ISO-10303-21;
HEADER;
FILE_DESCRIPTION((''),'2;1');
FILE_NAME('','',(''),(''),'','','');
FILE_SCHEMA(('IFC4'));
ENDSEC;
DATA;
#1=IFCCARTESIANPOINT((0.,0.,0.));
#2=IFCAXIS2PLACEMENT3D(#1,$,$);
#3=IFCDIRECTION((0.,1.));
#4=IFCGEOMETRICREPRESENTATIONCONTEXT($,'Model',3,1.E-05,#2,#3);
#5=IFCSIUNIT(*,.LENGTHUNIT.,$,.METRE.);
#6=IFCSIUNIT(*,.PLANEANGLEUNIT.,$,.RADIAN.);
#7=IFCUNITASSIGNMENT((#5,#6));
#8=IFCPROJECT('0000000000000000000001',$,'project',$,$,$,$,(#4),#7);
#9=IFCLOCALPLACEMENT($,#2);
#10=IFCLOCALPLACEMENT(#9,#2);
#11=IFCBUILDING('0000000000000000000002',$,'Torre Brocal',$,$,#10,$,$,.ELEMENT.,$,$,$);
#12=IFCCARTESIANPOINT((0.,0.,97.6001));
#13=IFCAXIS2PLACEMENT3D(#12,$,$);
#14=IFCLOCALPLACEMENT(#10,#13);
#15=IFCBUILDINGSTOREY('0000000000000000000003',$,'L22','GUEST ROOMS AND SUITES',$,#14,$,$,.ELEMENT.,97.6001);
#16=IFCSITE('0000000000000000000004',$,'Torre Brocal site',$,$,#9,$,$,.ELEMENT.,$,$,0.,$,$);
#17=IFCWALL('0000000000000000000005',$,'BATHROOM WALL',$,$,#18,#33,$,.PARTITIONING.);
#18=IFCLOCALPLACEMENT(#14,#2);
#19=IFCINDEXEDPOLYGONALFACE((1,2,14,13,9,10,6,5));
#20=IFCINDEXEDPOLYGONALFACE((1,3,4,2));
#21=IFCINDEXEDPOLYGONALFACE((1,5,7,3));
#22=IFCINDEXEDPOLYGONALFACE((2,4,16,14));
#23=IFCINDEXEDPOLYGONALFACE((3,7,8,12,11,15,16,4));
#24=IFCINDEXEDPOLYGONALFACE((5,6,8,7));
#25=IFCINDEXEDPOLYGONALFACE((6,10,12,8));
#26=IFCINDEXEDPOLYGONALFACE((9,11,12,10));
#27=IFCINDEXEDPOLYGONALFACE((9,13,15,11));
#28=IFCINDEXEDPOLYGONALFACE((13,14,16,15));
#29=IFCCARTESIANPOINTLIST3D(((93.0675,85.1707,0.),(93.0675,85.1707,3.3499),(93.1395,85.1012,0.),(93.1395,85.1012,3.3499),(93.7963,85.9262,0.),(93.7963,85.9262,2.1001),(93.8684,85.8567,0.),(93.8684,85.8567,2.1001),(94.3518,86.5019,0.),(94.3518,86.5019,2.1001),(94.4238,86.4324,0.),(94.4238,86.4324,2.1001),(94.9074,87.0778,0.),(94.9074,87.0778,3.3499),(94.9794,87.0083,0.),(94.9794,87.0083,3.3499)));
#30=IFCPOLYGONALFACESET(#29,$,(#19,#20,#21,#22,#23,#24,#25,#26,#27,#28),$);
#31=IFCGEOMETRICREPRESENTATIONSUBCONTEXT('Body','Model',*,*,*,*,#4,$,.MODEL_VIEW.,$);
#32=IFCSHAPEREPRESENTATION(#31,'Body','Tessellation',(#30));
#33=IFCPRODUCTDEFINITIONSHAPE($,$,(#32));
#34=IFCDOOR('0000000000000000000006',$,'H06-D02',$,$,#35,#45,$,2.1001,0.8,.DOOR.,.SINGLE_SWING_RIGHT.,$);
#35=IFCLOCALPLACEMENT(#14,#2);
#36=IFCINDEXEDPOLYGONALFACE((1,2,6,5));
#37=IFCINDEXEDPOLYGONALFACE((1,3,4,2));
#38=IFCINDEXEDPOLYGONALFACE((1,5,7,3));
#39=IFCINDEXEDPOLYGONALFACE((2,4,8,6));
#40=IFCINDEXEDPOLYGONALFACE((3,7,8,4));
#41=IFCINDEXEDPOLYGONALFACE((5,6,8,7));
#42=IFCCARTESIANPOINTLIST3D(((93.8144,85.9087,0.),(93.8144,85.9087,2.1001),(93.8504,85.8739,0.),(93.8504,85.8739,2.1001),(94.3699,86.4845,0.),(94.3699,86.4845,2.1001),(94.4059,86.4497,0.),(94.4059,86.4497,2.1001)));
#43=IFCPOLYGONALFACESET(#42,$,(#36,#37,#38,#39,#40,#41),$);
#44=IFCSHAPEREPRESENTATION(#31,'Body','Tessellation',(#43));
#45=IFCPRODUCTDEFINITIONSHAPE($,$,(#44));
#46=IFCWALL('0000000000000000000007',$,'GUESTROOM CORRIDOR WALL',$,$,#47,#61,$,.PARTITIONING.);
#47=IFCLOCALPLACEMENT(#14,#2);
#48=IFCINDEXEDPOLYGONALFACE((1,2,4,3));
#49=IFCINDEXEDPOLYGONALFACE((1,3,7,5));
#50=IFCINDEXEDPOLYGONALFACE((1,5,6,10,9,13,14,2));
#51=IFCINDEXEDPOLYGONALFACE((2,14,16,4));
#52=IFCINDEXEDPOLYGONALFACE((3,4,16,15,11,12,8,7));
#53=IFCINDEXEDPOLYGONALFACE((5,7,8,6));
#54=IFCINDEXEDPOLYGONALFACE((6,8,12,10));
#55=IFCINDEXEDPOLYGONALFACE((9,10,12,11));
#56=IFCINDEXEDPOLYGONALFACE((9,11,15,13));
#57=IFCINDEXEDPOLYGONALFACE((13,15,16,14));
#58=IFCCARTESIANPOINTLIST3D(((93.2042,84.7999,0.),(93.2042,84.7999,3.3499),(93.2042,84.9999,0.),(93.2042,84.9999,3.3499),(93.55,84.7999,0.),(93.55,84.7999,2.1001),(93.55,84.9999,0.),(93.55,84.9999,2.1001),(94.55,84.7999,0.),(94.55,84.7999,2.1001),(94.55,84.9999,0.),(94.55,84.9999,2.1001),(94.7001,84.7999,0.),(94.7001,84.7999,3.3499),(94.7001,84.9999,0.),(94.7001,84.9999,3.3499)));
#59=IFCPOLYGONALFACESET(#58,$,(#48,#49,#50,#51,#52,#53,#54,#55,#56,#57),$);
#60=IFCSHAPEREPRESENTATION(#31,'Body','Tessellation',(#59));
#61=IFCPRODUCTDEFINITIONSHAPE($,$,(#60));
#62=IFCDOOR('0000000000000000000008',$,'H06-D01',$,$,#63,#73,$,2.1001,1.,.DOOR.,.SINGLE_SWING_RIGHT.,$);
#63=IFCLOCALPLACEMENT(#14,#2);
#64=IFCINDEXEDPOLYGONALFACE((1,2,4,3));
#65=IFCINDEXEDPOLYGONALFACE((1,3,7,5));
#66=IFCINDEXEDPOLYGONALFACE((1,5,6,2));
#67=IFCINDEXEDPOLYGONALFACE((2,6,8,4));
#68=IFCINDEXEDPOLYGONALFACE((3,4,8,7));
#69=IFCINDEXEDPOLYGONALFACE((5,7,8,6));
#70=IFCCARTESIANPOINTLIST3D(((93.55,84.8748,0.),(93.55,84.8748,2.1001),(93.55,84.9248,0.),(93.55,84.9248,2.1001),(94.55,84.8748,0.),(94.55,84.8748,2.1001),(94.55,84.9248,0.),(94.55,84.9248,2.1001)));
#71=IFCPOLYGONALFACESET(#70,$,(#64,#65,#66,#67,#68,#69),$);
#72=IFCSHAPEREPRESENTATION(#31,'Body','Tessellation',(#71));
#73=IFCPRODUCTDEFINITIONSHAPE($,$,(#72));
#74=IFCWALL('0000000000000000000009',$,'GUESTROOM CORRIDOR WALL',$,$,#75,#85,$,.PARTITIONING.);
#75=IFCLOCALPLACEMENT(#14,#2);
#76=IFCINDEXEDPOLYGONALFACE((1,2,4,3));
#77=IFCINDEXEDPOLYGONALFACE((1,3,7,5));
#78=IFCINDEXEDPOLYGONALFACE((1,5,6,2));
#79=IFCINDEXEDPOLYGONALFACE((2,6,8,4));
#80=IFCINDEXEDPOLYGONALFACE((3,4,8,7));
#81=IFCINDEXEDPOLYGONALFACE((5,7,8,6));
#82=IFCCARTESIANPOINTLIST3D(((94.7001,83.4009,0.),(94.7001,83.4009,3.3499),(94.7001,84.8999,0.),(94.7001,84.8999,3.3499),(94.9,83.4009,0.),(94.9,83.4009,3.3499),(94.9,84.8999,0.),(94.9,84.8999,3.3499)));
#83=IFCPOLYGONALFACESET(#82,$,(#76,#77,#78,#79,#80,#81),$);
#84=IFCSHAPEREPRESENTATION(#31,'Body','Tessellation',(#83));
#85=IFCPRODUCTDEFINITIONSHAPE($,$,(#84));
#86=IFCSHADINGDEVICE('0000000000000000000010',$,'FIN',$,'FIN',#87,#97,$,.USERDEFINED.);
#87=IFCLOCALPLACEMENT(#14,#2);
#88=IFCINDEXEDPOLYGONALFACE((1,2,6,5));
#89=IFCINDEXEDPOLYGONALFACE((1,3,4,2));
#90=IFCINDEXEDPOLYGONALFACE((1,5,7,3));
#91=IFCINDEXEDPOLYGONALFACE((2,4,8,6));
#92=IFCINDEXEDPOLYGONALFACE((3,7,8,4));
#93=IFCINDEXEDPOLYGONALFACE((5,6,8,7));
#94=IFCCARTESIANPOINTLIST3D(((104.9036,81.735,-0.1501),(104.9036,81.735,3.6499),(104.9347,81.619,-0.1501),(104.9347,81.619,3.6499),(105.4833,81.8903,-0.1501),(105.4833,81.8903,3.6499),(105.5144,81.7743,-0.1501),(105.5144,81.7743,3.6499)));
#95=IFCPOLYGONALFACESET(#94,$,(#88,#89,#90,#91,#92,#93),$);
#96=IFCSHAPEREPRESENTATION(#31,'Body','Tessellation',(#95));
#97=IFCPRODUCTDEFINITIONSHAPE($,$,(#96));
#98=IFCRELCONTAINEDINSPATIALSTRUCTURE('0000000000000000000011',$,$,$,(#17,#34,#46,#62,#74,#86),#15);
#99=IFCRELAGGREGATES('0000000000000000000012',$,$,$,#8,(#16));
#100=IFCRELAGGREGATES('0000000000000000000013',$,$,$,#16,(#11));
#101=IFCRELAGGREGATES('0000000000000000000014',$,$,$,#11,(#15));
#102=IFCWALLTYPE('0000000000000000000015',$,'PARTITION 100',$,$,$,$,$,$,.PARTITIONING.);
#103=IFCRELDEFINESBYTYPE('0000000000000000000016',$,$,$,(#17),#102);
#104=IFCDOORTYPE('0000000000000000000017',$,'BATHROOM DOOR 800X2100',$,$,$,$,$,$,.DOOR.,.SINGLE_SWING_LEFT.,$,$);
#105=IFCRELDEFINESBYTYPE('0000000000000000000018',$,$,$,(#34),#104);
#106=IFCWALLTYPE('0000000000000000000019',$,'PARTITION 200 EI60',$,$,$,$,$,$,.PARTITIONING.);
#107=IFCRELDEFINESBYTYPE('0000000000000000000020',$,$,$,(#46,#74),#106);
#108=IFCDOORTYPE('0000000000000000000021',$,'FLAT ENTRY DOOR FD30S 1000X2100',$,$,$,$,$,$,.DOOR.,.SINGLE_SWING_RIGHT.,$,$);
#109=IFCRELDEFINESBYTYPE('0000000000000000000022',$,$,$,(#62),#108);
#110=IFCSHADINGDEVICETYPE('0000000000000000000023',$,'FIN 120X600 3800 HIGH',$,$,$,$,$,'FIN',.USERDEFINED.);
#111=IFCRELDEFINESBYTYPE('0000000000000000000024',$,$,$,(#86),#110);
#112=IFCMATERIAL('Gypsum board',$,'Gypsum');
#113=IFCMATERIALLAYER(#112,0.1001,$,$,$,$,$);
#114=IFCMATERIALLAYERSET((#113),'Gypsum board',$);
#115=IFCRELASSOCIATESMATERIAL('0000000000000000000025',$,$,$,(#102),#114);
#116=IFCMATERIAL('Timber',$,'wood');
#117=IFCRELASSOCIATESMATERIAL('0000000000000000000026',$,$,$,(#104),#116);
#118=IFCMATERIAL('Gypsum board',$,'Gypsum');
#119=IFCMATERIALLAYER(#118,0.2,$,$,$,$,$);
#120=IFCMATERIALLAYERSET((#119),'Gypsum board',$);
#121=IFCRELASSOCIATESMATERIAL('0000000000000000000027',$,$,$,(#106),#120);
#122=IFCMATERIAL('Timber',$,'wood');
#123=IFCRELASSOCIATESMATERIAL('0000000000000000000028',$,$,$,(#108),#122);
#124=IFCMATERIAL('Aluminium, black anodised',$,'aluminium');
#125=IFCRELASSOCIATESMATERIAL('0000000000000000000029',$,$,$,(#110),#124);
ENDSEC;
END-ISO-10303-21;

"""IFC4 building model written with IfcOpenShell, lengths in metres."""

from ifc_helpers import new_model, si_unit, direction, frame, frame_2d, origin, origin_2d, place, context, subcontext, project, spatial, rectangle, extrude, material, layer, layer_set, material_profile, profile_set, type_object, element, fill, save


model = new_model("IFC4")

# Units and contexts
model_context = context("Model", 3, precision=1e-05, world=origin(), true_north=direction((0.0, 1.0)))
body_context = subcontext(model_context, "Body", "Model", "MODEL_VIEW")
ifc_project = project(units=[si_unit("LENGTHUNIT", "METRE"), si_unit("PLANEANGLEUNIT", "RADIAN")], contexts=[model_context])

# Site, building, storey
site_placement = place(None, origin())
site = spatial("IfcSite", under=ifc_project, at=site_placement, Name="Torre Brocal site", CompositionType="ELEMENT", RefElevation=0.0)
building_placement = place(site_placement, origin())
building = spatial("IfcBuilding", under=site, at=building_placement, Name="Torre Brocal", CompositionType="ELEMENT")
storey_placement = place(building_placement, frame((0.0, 0.0, 97.6001)))
storey = spatial("IfcBuildingStorey", under=building, at=storey_placement, Name="L22", Description="GUEST ROOMS AND SUITES", CompositionType="ELEMENT", Elevation=97.6001)

# Walls, openings, doors
ifc_material_1 = material(Name="Gypsum board", Category="Gypsum")
ifc_layer_1 = layer(ifc_material_1, 0.1001)
ifc_layer_set_1 = layer_set([ifc_layer_1], Name="Gypsum board")
wall_type_1 = type_object("IfcWallType", Name="PARTITION 100", PredefinedType="PARTITIONING", material=ifc_layer_set_1)
wall_1_placement = place(storey_placement, frame((93.1035, 85.136, 0.0), z_axis=(0.0, 0.0, 1.0), x_axis=(0.694325, 0.719662, 0.0)))
wall_1 = element("IfcWall", 1, at=wall_1_placement, inside=storey, type_object=wall_type_1, Name="BATHROOM WALL", PredefinedType="PARTITIONING", context=body_context, shape_type="SweptSolid", body=[
    extrude(rectangle(XDim=2.6499, YDim=0.1001, at=frame_2d((1.325, 0.0))), origin(), (0.0, 0.0, 1.0), 3.3499),
])
opening_1_placement = place(wall_1_placement, frame((1.0498, 0.0, 0.0)))
opening_1 = element("IfcOpeningElement", 2, at=opening_1_placement, cuts=wall_1, PredefinedType="OPENING", context=body_context, shape_type="SweptSolid", body=[
    extrude(rectangle(XDim=0.8, YDim=2.1001, at=frame_2d((0.3999, 1.05))), frame((0.0, 0.0601, 0.0), z_axis=(0.0, -1.0, 0.0), x_axis=(1.0, 0.0, 0.0)), (0.0, 0.0, 1.0), 0.1201),
])
ifc_material_2 = material(Name="Timber", Category="wood")
door_type_1 = type_object("IfcDoorType", Name="BATHROOM DOOR 800X2100", OperationType="SINGLE_SWING_LEFT", PredefinedType="DOOR", material=ifc_material_2)
door_1_placement = place(opening_1_placement, origin())
door_1 = element("IfcDoor", 3, at=door_1_placement, inside=storey, type_object=door_type_1, Name="H06-D02", OperationType="SINGLE_SWING_RIGHT", OverallHeight=2.1001, OverallWidth=0.8, PredefinedType="DOOR", context=body_context, shape_type="SweptSolid", body=[
    extrude(rectangle(XDim=0.8, YDim=2.1001, at=frame_2d((0.3999, 1.05))), frame((0.0, 0.0249, 0.0), z_axis=(0.0, -1.0, 0.0), x_axis=(1.0, 0.0, 0.0)), (0.0, 0.0, 1.0), 0.05),
])
fill(opening_1, door_1)
ifc_material_3 = material(Name="Gypsum board", Category="Gypsum")
ifc_layer_2 = layer(ifc_material_3, 0.2)
ifc_layer_set_2 = layer_set([ifc_layer_2], Name="Gypsum board")
wall_type_2 = type_object("IfcWallType", Name="PARTITION 200 EI60", PredefinedType="PARTITIONING", material=ifc_layer_set_2)
wall_2_placement = place(storey_placement, frame((93.2041, 84.8999, 0.0), z_axis=(0.0, 0.0, 1.0), x_axis=(1.0, 0.0, 0.0)))
wall_2 = element("IfcWall", 4, at=wall_2_placement, inside=storey, type_object=wall_type_2, Name="GUESTROOM CORRIDOR WALL", PredefinedType="PARTITIONING", context=body_context, shape_type="SweptSolid", body=[
    extrude(rectangle(XDim=1.4958, YDim=0.2, at=frame_2d((0.748, 0.0))), origin(), (0.0, 0.0, 1.0), 3.3499),
])
opening_2_placement = place(wall_2_placement, frame((0.3459, 0.0, 0.0)))
opening_2 = element("IfcOpeningElement", 5, at=opening_2_placement, cuts=wall_2, PredefinedType="OPENING", context=body_context, shape_type="SweptSolid", body=[
    extrude(rectangle(XDim=1.0, YDim=2.1001, at=frame_2d((0.5, 1.05))), frame((0.0, 0.1099, 0.0), z_axis=(0.0, -1.0, 0.0), x_axis=(1.0, 0.0, 0.0)), (0.0, 0.0, 1.0), 0.22),
])
ifc_material_4 = material(Name="Timber", Category="wood")
door_type_2 = type_object("IfcDoorType", Name="FLAT ENTRY DOOR FD30S 1000X2100", OperationType="SINGLE_SWING_RIGHT", PredefinedType="DOOR", material=ifc_material_4)
door_2_placement = place(opening_2_placement, origin())
door_2 = element("IfcDoor", 6, at=door_2_placement, inside=storey, type_object=door_type_2, Name="H06-D01", OperationType="SINGLE_SWING_RIGHT", OverallHeight=2.1001, OverallWidth=1.0, PredefinedType="DOOR", context=body_context, shape_type="SweptSolid", body=[
    extrude(rectangle(XDim=1.0, YDim=2.1001, at=frame_2d((0.5, 1.05))), frame((0.0, 0.0249, 0.0), z_axis=(0.0, -1.0, 0.0), x_axis=(1.0, 0.0, 0.0)), (0.0, 0.0, 1.0), 0.05),
])
fill(opening_2, door_2)

# Wall
wall_3_placement = place(storey_placement, frame((94.8, 83.4009, 0.0), z_axis=(0.0, 0.0, 1.0), x_axis=(0.0, 1.0, 0.0)))
element("IfcWall", 7, at=wall_3_placement, inside=storey, type_object=wall_type_2, Name="GUESTROOM CORRIDOR WALL", PredefinedType="PARTITIONING", context=body_context, shape_type="SweptSolid", body=[
    extrude(rectangle(XDim=1.499, YDim=0.2, at=frame_2d((0.7495, 0.0))), origin(), (0.0, 0.0, 1.0), 3.3499),
])

# Shading device
ifc_material_5 = material(Name="Aluminium, black anodised", Category="aluminium")
ifc_material_profile_1 = material_profile(ifc_material_5, rectangle(XDim=0.1201, YDim=0.6001, at=origin_2d()), Name="FIN 120X600 3800 HIGH")
ifc_profile_set_1 = profile_set([ifc_material_profile_1], Name="Aluminium, black anodised")
shading_device_type = type_object("IfcShadingDeviceType", Name="FIN 120X600 3800 HIGH", ElementType="FIN", PredefinedType="USERDEFINED", material=ifc_profile_set_1)
shading_device_placement = place(storey_placement, frame((105.209, 81.7546, -0.1501), z_axis=(0.0, 0.0, 1.0), x_axis=(-0.258819, 0.965926, 0.0)))
element("IfcShadingDevice", 8, at=shading_device_placement, inside=storey, type_object=shading_device_type, Name="FIN", ObjectType="FIN", PredefinedType="USERDEFINED", context=body_context, shape_type="SweptSolid", body=[
    extrude(rectangle(XDim=0.1201, YDim=0.6001, at=origin_2d()), origin(), (0.0, 0.0, 1.0), 3.8),
])

save(model, "model.ifc")
